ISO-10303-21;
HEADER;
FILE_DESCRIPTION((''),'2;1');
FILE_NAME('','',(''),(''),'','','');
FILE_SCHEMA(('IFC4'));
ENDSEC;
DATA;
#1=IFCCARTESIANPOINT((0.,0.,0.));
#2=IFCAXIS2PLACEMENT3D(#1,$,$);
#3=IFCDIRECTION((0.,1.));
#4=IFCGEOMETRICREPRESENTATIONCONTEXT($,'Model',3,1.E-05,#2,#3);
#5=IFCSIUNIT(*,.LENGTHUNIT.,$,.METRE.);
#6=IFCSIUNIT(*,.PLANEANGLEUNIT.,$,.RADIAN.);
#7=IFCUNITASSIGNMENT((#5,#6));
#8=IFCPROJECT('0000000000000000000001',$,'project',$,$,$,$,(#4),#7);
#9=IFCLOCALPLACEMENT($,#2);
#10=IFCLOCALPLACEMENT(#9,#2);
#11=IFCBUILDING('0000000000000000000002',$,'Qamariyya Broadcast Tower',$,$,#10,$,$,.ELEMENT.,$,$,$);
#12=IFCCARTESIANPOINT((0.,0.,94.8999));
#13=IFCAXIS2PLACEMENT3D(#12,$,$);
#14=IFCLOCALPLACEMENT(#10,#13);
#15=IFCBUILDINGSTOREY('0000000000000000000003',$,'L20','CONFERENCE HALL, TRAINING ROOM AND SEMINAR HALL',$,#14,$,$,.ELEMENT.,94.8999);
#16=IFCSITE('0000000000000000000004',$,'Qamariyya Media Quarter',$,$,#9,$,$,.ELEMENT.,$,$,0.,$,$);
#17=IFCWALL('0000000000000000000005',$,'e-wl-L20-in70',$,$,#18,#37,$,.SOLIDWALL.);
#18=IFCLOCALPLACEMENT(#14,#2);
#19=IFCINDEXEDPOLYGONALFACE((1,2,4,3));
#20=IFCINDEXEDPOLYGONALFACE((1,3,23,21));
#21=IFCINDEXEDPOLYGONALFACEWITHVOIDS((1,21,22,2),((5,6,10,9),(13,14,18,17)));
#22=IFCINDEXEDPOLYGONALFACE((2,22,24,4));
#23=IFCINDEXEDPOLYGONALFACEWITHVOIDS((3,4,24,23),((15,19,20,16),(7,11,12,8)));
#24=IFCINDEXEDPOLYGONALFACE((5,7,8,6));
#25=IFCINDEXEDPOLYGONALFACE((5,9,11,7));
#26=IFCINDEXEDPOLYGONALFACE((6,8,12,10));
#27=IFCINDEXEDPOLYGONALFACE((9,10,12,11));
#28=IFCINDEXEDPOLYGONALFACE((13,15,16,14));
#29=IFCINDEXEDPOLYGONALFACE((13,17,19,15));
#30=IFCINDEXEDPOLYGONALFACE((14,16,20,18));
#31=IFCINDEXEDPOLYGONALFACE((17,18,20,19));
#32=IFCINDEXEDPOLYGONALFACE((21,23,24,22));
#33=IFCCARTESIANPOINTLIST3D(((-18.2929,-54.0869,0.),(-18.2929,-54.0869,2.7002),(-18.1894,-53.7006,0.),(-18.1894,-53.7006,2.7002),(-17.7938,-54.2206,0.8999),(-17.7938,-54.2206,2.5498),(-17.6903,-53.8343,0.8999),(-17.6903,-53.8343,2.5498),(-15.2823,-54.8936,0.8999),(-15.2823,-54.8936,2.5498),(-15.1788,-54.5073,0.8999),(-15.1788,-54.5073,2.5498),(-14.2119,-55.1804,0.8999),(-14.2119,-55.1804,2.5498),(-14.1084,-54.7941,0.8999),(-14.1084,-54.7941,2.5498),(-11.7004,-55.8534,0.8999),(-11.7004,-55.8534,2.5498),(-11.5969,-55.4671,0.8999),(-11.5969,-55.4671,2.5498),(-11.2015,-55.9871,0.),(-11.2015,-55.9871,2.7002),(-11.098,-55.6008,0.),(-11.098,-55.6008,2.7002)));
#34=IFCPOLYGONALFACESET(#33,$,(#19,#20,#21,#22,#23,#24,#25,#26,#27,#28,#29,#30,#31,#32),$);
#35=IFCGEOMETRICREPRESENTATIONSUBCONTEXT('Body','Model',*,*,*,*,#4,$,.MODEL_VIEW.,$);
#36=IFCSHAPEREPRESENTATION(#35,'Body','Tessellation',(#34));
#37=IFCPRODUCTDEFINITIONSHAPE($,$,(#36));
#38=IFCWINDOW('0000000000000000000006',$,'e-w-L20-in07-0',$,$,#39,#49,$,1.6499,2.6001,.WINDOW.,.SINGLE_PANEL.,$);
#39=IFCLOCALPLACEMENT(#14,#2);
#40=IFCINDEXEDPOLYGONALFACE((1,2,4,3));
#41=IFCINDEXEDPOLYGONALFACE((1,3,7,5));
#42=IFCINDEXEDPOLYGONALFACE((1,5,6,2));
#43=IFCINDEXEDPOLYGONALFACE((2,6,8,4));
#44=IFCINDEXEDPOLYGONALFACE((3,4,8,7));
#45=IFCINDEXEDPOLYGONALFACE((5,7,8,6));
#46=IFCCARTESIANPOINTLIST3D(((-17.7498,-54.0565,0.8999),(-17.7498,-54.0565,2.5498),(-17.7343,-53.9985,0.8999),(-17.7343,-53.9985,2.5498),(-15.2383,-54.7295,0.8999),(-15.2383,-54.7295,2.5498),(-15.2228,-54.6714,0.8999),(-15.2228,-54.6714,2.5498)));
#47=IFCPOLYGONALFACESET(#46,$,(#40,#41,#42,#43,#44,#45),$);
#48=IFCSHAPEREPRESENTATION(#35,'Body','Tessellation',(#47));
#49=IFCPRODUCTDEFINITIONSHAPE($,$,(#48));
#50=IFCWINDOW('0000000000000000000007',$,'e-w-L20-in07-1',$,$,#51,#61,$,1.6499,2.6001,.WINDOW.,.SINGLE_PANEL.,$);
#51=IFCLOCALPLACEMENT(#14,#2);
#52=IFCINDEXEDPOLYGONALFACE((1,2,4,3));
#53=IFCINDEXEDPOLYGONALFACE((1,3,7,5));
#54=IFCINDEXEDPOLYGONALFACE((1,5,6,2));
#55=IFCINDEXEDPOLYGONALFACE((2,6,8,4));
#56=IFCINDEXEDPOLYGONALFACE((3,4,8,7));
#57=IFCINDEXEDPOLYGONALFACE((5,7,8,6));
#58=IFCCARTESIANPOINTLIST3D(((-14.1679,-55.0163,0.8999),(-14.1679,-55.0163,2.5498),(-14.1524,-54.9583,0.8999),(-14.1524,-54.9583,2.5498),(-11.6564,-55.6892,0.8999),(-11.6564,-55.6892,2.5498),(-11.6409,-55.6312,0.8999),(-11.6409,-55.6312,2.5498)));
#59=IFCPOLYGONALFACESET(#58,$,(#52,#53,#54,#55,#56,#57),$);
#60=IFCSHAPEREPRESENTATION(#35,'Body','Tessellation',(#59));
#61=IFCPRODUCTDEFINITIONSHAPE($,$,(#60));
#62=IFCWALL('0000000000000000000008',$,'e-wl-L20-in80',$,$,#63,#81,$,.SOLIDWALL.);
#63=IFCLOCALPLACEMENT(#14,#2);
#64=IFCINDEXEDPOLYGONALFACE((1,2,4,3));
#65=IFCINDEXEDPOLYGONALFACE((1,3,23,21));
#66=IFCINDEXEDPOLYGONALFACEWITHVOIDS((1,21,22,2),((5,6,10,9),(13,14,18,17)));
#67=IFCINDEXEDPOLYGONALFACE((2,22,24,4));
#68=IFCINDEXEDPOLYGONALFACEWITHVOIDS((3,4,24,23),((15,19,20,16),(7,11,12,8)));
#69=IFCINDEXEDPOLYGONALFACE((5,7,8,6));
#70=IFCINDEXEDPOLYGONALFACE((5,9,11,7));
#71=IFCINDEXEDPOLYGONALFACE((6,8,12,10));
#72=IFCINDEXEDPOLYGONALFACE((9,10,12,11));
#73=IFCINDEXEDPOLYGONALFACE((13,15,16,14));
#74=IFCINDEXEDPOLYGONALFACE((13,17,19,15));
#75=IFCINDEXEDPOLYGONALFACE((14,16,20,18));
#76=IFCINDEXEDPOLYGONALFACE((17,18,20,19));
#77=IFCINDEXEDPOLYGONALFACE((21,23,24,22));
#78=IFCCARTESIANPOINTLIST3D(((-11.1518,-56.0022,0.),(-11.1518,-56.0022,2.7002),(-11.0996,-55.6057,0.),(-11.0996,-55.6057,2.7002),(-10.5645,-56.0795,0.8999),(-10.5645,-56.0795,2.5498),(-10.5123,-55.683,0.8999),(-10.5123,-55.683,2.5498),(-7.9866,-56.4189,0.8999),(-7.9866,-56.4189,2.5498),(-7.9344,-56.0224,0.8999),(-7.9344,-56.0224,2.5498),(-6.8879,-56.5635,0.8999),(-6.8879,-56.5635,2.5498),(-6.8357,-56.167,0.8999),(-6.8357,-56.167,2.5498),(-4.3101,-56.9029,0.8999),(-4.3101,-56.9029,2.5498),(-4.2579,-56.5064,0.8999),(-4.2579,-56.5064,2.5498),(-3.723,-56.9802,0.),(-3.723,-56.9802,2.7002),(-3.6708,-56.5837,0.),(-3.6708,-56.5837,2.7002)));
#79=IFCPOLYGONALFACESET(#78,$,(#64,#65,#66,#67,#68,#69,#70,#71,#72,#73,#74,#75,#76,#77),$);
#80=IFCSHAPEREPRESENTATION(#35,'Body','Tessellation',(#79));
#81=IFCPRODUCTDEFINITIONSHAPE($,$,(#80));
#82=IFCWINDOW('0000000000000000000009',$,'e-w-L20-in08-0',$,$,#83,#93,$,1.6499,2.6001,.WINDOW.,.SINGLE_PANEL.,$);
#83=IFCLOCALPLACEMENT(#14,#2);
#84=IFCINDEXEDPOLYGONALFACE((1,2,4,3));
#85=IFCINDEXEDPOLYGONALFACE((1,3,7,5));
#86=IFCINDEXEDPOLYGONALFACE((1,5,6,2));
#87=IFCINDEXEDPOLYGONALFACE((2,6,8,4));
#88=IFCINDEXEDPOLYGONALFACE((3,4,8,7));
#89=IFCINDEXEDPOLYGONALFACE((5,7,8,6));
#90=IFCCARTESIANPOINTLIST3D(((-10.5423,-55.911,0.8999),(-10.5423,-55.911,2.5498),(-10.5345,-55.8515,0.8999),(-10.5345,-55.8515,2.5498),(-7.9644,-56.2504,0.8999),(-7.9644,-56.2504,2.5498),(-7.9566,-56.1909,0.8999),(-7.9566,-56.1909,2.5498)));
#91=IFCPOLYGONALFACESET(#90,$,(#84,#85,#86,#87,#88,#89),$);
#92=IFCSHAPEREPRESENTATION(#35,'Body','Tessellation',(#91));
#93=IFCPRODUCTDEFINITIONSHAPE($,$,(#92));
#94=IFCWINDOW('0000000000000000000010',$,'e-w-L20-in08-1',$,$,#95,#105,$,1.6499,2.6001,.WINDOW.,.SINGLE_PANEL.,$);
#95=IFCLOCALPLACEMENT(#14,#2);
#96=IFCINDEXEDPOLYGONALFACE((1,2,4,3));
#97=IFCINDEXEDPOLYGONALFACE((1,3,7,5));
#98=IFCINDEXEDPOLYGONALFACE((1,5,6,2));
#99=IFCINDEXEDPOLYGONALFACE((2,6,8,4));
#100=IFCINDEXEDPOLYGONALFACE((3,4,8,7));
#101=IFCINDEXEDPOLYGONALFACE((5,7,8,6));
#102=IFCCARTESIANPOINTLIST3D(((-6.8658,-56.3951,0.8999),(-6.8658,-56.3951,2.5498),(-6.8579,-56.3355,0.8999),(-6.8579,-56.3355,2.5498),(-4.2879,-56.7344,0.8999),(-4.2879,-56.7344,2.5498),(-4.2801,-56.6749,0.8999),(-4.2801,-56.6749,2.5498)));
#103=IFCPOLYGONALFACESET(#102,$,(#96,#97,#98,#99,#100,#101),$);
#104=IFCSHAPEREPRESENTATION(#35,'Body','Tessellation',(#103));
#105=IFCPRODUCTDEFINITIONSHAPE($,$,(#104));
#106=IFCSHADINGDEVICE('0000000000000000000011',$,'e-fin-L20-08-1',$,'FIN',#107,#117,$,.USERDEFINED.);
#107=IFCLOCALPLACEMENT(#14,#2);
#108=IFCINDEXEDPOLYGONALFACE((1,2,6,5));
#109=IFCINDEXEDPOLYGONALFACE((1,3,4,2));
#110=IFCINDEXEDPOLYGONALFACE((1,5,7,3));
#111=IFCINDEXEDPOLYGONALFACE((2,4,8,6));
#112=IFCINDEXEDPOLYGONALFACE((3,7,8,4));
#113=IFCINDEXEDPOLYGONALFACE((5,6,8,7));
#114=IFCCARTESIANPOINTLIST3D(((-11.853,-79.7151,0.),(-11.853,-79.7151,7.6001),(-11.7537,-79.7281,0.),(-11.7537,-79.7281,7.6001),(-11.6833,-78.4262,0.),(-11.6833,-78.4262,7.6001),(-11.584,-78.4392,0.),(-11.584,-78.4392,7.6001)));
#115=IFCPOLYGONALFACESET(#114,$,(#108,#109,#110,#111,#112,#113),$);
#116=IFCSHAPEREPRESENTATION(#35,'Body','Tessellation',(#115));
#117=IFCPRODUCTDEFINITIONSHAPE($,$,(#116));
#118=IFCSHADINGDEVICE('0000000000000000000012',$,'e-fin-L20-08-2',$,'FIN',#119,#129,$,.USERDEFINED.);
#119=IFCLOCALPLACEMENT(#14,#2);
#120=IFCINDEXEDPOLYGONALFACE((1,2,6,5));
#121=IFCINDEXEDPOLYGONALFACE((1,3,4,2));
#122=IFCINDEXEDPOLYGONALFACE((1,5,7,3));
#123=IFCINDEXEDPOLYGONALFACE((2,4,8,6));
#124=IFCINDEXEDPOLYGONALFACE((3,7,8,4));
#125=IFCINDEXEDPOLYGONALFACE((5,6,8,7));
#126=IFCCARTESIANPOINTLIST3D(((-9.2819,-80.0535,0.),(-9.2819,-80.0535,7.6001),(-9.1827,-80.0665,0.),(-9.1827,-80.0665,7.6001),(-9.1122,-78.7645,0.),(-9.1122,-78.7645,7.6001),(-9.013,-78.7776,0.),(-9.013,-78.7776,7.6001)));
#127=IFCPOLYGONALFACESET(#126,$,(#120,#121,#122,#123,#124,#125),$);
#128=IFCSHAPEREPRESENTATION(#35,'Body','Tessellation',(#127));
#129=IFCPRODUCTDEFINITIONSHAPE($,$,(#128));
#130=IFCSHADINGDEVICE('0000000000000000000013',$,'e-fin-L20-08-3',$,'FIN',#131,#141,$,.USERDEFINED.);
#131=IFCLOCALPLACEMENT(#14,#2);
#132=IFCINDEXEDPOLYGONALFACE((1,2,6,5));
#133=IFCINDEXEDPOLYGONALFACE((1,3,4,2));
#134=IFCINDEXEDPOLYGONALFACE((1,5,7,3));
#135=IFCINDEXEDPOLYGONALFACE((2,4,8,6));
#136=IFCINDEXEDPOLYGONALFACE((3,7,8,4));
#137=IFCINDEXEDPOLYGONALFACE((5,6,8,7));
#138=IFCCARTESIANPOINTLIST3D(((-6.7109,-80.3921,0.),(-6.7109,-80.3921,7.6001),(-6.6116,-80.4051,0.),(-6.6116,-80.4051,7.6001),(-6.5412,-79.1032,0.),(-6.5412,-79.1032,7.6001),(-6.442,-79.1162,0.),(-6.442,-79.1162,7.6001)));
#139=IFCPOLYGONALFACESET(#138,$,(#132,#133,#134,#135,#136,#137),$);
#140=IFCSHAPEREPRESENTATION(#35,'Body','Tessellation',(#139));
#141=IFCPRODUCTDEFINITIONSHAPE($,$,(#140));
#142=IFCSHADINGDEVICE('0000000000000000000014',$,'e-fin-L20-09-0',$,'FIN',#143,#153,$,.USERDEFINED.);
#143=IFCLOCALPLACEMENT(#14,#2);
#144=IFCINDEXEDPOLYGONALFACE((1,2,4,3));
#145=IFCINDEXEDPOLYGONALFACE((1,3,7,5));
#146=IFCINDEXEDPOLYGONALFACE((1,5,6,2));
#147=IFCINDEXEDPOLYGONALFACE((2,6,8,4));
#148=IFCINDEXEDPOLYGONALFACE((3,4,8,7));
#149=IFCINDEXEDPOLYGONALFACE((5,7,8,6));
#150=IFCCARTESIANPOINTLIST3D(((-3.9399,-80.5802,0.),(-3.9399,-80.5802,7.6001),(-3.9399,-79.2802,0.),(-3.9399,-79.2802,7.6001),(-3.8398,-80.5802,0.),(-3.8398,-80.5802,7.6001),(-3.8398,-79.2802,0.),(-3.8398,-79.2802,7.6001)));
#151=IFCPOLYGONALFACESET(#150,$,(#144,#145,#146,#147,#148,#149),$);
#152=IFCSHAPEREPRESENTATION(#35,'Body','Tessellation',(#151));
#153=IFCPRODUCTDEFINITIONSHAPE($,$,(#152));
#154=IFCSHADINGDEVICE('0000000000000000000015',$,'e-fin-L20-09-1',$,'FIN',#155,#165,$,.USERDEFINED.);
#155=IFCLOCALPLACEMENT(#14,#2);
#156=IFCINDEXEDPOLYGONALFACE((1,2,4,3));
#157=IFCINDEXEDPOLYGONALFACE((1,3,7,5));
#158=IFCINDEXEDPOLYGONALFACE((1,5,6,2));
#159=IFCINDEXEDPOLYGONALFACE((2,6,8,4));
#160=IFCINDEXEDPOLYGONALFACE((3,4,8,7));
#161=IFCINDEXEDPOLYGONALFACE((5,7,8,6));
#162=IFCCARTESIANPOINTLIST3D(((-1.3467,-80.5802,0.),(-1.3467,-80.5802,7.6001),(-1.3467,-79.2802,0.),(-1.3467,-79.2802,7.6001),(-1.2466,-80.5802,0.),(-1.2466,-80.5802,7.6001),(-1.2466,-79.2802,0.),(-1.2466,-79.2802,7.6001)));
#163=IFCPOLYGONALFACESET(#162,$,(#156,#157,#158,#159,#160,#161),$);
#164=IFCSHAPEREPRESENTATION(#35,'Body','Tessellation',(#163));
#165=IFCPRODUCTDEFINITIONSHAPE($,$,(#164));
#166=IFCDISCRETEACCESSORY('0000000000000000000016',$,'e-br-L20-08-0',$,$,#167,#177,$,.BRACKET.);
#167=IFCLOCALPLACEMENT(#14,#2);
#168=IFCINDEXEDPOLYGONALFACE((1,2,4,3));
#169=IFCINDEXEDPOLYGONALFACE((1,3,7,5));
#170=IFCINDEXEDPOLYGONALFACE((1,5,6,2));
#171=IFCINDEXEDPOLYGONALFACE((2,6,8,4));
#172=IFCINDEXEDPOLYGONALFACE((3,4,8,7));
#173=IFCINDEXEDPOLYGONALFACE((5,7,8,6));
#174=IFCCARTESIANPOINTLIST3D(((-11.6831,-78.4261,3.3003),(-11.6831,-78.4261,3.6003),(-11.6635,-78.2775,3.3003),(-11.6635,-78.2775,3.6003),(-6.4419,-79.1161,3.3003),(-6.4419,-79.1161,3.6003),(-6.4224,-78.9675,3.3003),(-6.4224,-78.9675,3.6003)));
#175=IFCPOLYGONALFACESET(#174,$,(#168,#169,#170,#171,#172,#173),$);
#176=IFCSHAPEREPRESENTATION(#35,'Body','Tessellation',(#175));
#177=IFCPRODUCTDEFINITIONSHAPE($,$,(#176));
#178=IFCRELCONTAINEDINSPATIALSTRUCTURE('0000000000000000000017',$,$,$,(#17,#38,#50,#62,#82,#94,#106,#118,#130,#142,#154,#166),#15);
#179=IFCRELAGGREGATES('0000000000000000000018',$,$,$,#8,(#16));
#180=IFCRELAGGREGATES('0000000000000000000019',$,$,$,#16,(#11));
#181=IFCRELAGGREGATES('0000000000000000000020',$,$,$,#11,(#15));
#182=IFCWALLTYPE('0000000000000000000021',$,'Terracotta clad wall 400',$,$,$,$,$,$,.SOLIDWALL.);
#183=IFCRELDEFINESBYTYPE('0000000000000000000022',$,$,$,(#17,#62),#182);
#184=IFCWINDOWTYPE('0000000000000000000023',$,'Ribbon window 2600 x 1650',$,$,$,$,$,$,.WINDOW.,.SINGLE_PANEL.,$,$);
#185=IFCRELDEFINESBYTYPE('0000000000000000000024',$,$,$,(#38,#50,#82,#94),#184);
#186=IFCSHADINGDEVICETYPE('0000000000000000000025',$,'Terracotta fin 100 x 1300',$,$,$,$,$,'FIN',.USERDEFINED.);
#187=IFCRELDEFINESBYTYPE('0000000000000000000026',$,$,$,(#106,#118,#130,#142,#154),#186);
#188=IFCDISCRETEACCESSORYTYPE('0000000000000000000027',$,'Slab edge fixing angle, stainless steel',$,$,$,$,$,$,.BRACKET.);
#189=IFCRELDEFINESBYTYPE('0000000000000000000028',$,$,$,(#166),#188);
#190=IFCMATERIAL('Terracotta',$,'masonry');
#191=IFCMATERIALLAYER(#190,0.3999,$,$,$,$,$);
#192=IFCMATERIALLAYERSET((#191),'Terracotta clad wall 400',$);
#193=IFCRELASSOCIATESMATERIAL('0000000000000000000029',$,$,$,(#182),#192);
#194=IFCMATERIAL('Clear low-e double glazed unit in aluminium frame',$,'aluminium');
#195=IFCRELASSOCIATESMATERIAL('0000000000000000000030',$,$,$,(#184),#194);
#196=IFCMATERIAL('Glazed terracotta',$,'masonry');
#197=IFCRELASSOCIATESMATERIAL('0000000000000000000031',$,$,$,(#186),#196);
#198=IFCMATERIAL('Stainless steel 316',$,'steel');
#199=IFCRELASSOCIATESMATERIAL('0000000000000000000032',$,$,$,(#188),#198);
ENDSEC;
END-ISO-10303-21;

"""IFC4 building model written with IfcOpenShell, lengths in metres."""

from ifc_helpers import new_model, si_unit, direction, frame, frame_2d, origin, origin_2d, place, context, subcontext, project, spatial, rectangle, extrude, material, layer, layer_set, material_profile, profile_set, type_object, element, fill, save


model = new_model("IFC4")

# Units and contexts
model_context = context("Model", 3, precision=1e-05, world=origin(), true_north=direction((0.0, 1.0)))
body_context = subcontext(model_context, "Body", "Model", "MODEL_VIEW")
ifc_project = project(units=[si_unit("LENGTHUNIT", "METRE"), si_unit("PLANEANGLEUNIT", "RADIAN")], contexts=[model_context])

# Site, building, storey
site_placement = place(None, origin())
site = spatial("IfcSite", under=ifc_project, at=site_placement, Name="Qamariyya Media Quarter", CompositionType="ELEMENT", RefElevation=0.0)
building_placement = place(site_placement, origin())
building = spatial("IfcBuilding", under=site, at=building_placement, Name="Qamariyya Broadcast Tower", CompositionType="ELEMENT")
storey_placement = place(building_placement, frame((0.0, 0.0, 94.8999)))
storey = spatial("IfcBuildingStorey", under=building, at=storey_placement, Name="L20", Description="CONFERENCE HALL, TRAINING ROOM AND SEMINAR HALL", CompositionType="ELEMENT", Elevation=94.8999)

# Walls, openings, windows
ifc_material_1 = material(Name="Terracotta", Category="masonry")
ifc_layer_1 = layer(ifc_material_1, 0.3999)
ifc_layer_set_1 = layer_set([ifc_layer_1], Name="Terracotta clad wall 400")
wall_type_1 = type_object("IfcWallType", Name="Terracotta clad wall 400", PredefinedType="SOLIDWALL", material=ifc_layer_set_1)
wall_1_placement = place(storey_placement, frame((-11.1497, -55.7939, 0.0), z_axis=(0.0, 0.0, 1.0), x_axis=(-0.965925, 0.258824, 0.0)))
wall_1 = element("IfcWall", 1, at=wall_1_placement, inside=storey, type_object=wall_type_1, Name="e-wl-L20-in70", PredefinedType="SOLIDWALL", context=body_context, shape_type="SweptSolid", body=[
    extrude(rectangle(XDim=7.3416, YDim=0.3999, at=frame_2d((3.6709, 0.0))), origin(), (0.0, 0.0, 1.0), 2.7002),
])
opening_1_placement = place(wall_1_placement, frame((4.2249, 0.0, 0.8999)))
opening_1 = element("IfcOpeningElement", 2, at=opening_1_placement, cuts=wall_1, PredefinedType="OPENING", context=body_context, shape_type="SweptSolid", body=[
    extrude(rectangle(XDim=2.6001, YDim=1.6499, at=frame_2d((1.3, 0.825))), frame((0.0, 0.21, 0.0), z_axis=(0.0, -1.0, 0.0), x_axis=(1.0, 0.0, 0.0)), (0.0, 0.0, 1.0), 0.4199),
])
opening_2_placement = place(wall_1_placement, frame((0.5166, 0.0, 0.8999)))
opening_2 = element("IfcOpeningElement", 3, at=opening_2_placement, cuts=wall_1, PredefinedType="OPENING", context=body_context, shape_type="SweptSolid", body=[
    extrude(rectangle(XDim=2.6001, YDim=1.6499, at=frame_2d((1.3, 0.825))), frame((0.0, 0.21, 0.0), z_axis=(0.0, -1.0, 0.0), x_axis=(1.0, 0.0, 0.0)), (0.0, 0.0, 1.0), 0.4199),
])
ifc_material_2 = material(Name="Clear low-e double glazed unit in aluminium frame", Category="aluminium")
window_type = type_object("IfcWindowType", Name="Ribbon window 2600 x 1650", PartitioningType="SINGLE_PANEL", PredefinedType="WINDOW", material=ifc_material_2)
window_1_placement = place(opening_1_placement, origin())
window_1 = element("IfcWindow", 4, at=window_1_placement, inside=storey, type_object=window_type, Name="e-w-L20-in07-0", OverallHeight=1.6499, OverallWidth=2.6001, PartitioningType="SINGLE_PANEL", PredefinedType="WINDOW", context=body_context, shape_type="SweptSolid", body=[
    extrude(rectangle(XDim=2.6001, YDim=1.6499, at=frame_2d((1.3, 0.825))), frame((0.0, 0.03, 0.0), z_axis=(0.0, -1.0, 0.0), x_axis=(1.0, 0.0, 0.0)), (0.0, 0.0, 1.0), 0.0601),
])
fill(opening_1, window_1)
window_2_placement = place(opening_2_placement, origin())
window_2 = element("IfcWindow", 5, at=window_2_placement, inside=storey, type_object=window_type, Name="e-w-L20-in07-1", OverallHeight=1.6499, OverallWidth=2.6001, PartitioningType="SINGLE_PANEL", PredefinedType="WINDOW", context=body_context, shape_type="SweptSolid", body=[
    extrude(rectangle(XDim=2.6001, YDim=1.6499, at=frame_2d((1.3, 0.825))), frame((0.0, 0.03, 0.0), z_axis=(0.0, -1.0, 0.0), x_axis=(1.0, 0.0, 0.0)), (0.0, 0.0, 1.0), 0.0601),
])
fill(opening_2, window_2)
wall_2_placement = place(storey_placement, frame((-3.6968, -56.782, 0.0), z_axis=(0.0, 0.0, 1.0), x_axis=(-0.991445, 0.130529, 0.0)))
wall_2 = element("IfcWall", 6, at=wall_2_placement, inside=storey, type_object=wall_type_1, Name="e-wl-L20-in80", PredefinedType="SOLIDWALL", context=body_context, shape_type="SweptSolid", body=[
    extrude(rectangle(XDim=7.4929, YDim=0.3999, at=frame_2d((3.7466, 0.0))), origin(), (0.0, 0.0, 1.0), 2.7002),
])
opening_3_placement = place(wall_2_placement, frame((4.3005, 0.0, 0.8999)))
opening_3 = element("IfcOpeningElement", 7, at=opening_3_placement, cuts=wall_2, PredefinedType="OPENING", context=body_context, shape_type="SweptSolid", body=[
    extrude(rectangle(XDim=2.6001, YDim=1.6499, at=frame_2d((1.3, 0.825))), frame((0.0, 0.21, 0.0), z_axis=(0.0, -1.0, 0.0), x_axis=(1.0, 0.0, 0.0)), (0.0, 0.0, 1.0), 0.4199),
])
opening_4_placement = place(wall_2_placement, frame((0.5923, 0.0, 0.8999)))
opening_4 = element("IfcOpeningElement", 8, at=opening_4_placement, cuts=wall_2, PredefinedType="OPENING", context=body_context, shape_type="SweptSolid", body=[
    extrude(rectangle(XDim=2.6001, YDim=1.6499, at=frame_2d((1.3, 0.825))), frame((0.0, 0.21, 0.0), z_axis=(0.0, -1.0, 0.0), x_axis=(1.0, 0.0, 0.0)), (0.0, 0.0, 1.0), 0.4199),
])
window_3_placement = place(opening_3_placement, origin())
window_3 = element("IfcWindow", 9, at=window_3_placement, inside=storey, type_object=window_type, Name="e-w-L20-in08-0", OverallHeight=1.6499, OverallWidth=2.6001, PartitioningType="SINGLE_PANEL", PredefinedType="WINDOW", context=body_context, shape_type="SweptSolid", body=[
    extrude(rectangle(XDim=2.6001, YDim=1.6499, at=frame_2d((1.3, 0.825))), frame((0.0, 0.03, 0.0), z_axis=(0.0, -1.0, 0.0), x_axis=(1.0, 0.0, 0.0)), (0.0, 0.0, 1.0), 0.0601),
])
fill(opening_3, window_3)
window_4_placement = place(opening_4_placement, origin())
window_4 = element("IfcWindow", 10, at=window_4_placement, inside=storey, type_object=window_type, Name="e-w-L20-in08-1", OverallHeight=1.6499, OverallWidth=2.6001, PartitioningType="SINGLE_PANEL", PredefinedType="WINDOW", context=body_context, shape_type="SweptSolid", body=[
    extrude(rectangle(XDim=2.6001, YDim=1.6499, at=frame_2d((1.3, 0.825))), frame((0.0, 0.03, 0.0), z_axis=(0.0, -1.0, 0.0), x_axis=(1.0, 0.0, 0.0)), (0.0, 0.0, 1.0), 0.0601),
])
fill(opening_4, window_4)

# Shading devices
ifc_material_3 = material(Name="Glazed terracotta", Category="masonry")
ifc_material_profile_1 = material_profile(ifc_material_3, rectangle(XDim=1.3, YDim=0.1001, at=origin_2d()))
ifc_profile_set_1 = profile_set([ifc_material_profile_1], Name="Glazed terracotta")
shading_device_type_1 = type_object("IfcShadingDeviceType", Name="Terracotta fin 100 x 1300", ElementType="FIN", PredefinedType="USERDEFINED", material=ifc_profile_set_1)
for number, where, z_axis, x_axis, name in (
    (11, (-11.7185, -79.0771, 0.0), (0.0, 0.0, 1.0), (-0.130526, -0.991445, 0.0), "e-fin-L20-08-1"),
    (12, (-9.1475, -79.4155, 0.0), (0.0, 0.0, 1.0), (-0.130526, -0.991445, 0.0), "e-fin-L20-08-2"),
    (13, (-6.5764, -79.7542, 0.0), (0.0, 0.0, 1.0), (-0.130526, -0.991445, 0.0), "e-fin-L20-08-3"),
    (14, (-3.8899, -79.9302, 0.0), (0.0, 0.0, 1.0), (0.0, -1.0, 0.0), "e-fin-L20-09-0"),
    (15, (-1.2966, -79.9302, 0.0), (0.0, 0.0, 1.0), (0.0, -1.0, 0.0), "e-fin-L20-09-1"),
):
    element("IfcShadingDevice", number, at=place(storey_placement, frame(where, z_axis=z_axis, x_axis=x_axis)), inside=storey, type_object=shading_device_type_1, Name=name, ObjectType="FIN", PredefinedType="USERDEFINED", context=body_context, shape_type="SweptSolid", body=[
        extrude(rectangle(XDim=1.3, YDim=0.1001, at=origin_2d()), origin(), (0.0, 0.0, 1.0), 7.6001),
    ])

# Discrete accessory
ifc_material_4 = material(Name="Stainless steel 316", Category="steel")
discrete_accessory_type = type_object("IfcDiscreteAccessoryType", Name="Slab edge fixing angle, stainless steel", PredefinedType="BRACKET", material=ifc_material_4)
discrete_accessory_placement = place(storey_placement, frame((-9.0527, -78.6968, 3.3003), z_axis=(0.0, 0.0, 1.0), x_axis=(0.991445, -0.130526, 0.0)))
element("IfcDiscreteAccessory", 16, at=discrete_accessory_placement, inside=storey, type_object=discrete_accessory_type, Name="e-br-L20-08-0", PredefinedType="BRACKET", context=body_context, shape_type="SweptSolid", body=[
    extrude(rectangle(XDim=5.2864, YDim=0.1499, at=origin_2d()), origin(), (0.0, 0.0, 1.0), 0.3),
])

save(model, "model.ifc")
